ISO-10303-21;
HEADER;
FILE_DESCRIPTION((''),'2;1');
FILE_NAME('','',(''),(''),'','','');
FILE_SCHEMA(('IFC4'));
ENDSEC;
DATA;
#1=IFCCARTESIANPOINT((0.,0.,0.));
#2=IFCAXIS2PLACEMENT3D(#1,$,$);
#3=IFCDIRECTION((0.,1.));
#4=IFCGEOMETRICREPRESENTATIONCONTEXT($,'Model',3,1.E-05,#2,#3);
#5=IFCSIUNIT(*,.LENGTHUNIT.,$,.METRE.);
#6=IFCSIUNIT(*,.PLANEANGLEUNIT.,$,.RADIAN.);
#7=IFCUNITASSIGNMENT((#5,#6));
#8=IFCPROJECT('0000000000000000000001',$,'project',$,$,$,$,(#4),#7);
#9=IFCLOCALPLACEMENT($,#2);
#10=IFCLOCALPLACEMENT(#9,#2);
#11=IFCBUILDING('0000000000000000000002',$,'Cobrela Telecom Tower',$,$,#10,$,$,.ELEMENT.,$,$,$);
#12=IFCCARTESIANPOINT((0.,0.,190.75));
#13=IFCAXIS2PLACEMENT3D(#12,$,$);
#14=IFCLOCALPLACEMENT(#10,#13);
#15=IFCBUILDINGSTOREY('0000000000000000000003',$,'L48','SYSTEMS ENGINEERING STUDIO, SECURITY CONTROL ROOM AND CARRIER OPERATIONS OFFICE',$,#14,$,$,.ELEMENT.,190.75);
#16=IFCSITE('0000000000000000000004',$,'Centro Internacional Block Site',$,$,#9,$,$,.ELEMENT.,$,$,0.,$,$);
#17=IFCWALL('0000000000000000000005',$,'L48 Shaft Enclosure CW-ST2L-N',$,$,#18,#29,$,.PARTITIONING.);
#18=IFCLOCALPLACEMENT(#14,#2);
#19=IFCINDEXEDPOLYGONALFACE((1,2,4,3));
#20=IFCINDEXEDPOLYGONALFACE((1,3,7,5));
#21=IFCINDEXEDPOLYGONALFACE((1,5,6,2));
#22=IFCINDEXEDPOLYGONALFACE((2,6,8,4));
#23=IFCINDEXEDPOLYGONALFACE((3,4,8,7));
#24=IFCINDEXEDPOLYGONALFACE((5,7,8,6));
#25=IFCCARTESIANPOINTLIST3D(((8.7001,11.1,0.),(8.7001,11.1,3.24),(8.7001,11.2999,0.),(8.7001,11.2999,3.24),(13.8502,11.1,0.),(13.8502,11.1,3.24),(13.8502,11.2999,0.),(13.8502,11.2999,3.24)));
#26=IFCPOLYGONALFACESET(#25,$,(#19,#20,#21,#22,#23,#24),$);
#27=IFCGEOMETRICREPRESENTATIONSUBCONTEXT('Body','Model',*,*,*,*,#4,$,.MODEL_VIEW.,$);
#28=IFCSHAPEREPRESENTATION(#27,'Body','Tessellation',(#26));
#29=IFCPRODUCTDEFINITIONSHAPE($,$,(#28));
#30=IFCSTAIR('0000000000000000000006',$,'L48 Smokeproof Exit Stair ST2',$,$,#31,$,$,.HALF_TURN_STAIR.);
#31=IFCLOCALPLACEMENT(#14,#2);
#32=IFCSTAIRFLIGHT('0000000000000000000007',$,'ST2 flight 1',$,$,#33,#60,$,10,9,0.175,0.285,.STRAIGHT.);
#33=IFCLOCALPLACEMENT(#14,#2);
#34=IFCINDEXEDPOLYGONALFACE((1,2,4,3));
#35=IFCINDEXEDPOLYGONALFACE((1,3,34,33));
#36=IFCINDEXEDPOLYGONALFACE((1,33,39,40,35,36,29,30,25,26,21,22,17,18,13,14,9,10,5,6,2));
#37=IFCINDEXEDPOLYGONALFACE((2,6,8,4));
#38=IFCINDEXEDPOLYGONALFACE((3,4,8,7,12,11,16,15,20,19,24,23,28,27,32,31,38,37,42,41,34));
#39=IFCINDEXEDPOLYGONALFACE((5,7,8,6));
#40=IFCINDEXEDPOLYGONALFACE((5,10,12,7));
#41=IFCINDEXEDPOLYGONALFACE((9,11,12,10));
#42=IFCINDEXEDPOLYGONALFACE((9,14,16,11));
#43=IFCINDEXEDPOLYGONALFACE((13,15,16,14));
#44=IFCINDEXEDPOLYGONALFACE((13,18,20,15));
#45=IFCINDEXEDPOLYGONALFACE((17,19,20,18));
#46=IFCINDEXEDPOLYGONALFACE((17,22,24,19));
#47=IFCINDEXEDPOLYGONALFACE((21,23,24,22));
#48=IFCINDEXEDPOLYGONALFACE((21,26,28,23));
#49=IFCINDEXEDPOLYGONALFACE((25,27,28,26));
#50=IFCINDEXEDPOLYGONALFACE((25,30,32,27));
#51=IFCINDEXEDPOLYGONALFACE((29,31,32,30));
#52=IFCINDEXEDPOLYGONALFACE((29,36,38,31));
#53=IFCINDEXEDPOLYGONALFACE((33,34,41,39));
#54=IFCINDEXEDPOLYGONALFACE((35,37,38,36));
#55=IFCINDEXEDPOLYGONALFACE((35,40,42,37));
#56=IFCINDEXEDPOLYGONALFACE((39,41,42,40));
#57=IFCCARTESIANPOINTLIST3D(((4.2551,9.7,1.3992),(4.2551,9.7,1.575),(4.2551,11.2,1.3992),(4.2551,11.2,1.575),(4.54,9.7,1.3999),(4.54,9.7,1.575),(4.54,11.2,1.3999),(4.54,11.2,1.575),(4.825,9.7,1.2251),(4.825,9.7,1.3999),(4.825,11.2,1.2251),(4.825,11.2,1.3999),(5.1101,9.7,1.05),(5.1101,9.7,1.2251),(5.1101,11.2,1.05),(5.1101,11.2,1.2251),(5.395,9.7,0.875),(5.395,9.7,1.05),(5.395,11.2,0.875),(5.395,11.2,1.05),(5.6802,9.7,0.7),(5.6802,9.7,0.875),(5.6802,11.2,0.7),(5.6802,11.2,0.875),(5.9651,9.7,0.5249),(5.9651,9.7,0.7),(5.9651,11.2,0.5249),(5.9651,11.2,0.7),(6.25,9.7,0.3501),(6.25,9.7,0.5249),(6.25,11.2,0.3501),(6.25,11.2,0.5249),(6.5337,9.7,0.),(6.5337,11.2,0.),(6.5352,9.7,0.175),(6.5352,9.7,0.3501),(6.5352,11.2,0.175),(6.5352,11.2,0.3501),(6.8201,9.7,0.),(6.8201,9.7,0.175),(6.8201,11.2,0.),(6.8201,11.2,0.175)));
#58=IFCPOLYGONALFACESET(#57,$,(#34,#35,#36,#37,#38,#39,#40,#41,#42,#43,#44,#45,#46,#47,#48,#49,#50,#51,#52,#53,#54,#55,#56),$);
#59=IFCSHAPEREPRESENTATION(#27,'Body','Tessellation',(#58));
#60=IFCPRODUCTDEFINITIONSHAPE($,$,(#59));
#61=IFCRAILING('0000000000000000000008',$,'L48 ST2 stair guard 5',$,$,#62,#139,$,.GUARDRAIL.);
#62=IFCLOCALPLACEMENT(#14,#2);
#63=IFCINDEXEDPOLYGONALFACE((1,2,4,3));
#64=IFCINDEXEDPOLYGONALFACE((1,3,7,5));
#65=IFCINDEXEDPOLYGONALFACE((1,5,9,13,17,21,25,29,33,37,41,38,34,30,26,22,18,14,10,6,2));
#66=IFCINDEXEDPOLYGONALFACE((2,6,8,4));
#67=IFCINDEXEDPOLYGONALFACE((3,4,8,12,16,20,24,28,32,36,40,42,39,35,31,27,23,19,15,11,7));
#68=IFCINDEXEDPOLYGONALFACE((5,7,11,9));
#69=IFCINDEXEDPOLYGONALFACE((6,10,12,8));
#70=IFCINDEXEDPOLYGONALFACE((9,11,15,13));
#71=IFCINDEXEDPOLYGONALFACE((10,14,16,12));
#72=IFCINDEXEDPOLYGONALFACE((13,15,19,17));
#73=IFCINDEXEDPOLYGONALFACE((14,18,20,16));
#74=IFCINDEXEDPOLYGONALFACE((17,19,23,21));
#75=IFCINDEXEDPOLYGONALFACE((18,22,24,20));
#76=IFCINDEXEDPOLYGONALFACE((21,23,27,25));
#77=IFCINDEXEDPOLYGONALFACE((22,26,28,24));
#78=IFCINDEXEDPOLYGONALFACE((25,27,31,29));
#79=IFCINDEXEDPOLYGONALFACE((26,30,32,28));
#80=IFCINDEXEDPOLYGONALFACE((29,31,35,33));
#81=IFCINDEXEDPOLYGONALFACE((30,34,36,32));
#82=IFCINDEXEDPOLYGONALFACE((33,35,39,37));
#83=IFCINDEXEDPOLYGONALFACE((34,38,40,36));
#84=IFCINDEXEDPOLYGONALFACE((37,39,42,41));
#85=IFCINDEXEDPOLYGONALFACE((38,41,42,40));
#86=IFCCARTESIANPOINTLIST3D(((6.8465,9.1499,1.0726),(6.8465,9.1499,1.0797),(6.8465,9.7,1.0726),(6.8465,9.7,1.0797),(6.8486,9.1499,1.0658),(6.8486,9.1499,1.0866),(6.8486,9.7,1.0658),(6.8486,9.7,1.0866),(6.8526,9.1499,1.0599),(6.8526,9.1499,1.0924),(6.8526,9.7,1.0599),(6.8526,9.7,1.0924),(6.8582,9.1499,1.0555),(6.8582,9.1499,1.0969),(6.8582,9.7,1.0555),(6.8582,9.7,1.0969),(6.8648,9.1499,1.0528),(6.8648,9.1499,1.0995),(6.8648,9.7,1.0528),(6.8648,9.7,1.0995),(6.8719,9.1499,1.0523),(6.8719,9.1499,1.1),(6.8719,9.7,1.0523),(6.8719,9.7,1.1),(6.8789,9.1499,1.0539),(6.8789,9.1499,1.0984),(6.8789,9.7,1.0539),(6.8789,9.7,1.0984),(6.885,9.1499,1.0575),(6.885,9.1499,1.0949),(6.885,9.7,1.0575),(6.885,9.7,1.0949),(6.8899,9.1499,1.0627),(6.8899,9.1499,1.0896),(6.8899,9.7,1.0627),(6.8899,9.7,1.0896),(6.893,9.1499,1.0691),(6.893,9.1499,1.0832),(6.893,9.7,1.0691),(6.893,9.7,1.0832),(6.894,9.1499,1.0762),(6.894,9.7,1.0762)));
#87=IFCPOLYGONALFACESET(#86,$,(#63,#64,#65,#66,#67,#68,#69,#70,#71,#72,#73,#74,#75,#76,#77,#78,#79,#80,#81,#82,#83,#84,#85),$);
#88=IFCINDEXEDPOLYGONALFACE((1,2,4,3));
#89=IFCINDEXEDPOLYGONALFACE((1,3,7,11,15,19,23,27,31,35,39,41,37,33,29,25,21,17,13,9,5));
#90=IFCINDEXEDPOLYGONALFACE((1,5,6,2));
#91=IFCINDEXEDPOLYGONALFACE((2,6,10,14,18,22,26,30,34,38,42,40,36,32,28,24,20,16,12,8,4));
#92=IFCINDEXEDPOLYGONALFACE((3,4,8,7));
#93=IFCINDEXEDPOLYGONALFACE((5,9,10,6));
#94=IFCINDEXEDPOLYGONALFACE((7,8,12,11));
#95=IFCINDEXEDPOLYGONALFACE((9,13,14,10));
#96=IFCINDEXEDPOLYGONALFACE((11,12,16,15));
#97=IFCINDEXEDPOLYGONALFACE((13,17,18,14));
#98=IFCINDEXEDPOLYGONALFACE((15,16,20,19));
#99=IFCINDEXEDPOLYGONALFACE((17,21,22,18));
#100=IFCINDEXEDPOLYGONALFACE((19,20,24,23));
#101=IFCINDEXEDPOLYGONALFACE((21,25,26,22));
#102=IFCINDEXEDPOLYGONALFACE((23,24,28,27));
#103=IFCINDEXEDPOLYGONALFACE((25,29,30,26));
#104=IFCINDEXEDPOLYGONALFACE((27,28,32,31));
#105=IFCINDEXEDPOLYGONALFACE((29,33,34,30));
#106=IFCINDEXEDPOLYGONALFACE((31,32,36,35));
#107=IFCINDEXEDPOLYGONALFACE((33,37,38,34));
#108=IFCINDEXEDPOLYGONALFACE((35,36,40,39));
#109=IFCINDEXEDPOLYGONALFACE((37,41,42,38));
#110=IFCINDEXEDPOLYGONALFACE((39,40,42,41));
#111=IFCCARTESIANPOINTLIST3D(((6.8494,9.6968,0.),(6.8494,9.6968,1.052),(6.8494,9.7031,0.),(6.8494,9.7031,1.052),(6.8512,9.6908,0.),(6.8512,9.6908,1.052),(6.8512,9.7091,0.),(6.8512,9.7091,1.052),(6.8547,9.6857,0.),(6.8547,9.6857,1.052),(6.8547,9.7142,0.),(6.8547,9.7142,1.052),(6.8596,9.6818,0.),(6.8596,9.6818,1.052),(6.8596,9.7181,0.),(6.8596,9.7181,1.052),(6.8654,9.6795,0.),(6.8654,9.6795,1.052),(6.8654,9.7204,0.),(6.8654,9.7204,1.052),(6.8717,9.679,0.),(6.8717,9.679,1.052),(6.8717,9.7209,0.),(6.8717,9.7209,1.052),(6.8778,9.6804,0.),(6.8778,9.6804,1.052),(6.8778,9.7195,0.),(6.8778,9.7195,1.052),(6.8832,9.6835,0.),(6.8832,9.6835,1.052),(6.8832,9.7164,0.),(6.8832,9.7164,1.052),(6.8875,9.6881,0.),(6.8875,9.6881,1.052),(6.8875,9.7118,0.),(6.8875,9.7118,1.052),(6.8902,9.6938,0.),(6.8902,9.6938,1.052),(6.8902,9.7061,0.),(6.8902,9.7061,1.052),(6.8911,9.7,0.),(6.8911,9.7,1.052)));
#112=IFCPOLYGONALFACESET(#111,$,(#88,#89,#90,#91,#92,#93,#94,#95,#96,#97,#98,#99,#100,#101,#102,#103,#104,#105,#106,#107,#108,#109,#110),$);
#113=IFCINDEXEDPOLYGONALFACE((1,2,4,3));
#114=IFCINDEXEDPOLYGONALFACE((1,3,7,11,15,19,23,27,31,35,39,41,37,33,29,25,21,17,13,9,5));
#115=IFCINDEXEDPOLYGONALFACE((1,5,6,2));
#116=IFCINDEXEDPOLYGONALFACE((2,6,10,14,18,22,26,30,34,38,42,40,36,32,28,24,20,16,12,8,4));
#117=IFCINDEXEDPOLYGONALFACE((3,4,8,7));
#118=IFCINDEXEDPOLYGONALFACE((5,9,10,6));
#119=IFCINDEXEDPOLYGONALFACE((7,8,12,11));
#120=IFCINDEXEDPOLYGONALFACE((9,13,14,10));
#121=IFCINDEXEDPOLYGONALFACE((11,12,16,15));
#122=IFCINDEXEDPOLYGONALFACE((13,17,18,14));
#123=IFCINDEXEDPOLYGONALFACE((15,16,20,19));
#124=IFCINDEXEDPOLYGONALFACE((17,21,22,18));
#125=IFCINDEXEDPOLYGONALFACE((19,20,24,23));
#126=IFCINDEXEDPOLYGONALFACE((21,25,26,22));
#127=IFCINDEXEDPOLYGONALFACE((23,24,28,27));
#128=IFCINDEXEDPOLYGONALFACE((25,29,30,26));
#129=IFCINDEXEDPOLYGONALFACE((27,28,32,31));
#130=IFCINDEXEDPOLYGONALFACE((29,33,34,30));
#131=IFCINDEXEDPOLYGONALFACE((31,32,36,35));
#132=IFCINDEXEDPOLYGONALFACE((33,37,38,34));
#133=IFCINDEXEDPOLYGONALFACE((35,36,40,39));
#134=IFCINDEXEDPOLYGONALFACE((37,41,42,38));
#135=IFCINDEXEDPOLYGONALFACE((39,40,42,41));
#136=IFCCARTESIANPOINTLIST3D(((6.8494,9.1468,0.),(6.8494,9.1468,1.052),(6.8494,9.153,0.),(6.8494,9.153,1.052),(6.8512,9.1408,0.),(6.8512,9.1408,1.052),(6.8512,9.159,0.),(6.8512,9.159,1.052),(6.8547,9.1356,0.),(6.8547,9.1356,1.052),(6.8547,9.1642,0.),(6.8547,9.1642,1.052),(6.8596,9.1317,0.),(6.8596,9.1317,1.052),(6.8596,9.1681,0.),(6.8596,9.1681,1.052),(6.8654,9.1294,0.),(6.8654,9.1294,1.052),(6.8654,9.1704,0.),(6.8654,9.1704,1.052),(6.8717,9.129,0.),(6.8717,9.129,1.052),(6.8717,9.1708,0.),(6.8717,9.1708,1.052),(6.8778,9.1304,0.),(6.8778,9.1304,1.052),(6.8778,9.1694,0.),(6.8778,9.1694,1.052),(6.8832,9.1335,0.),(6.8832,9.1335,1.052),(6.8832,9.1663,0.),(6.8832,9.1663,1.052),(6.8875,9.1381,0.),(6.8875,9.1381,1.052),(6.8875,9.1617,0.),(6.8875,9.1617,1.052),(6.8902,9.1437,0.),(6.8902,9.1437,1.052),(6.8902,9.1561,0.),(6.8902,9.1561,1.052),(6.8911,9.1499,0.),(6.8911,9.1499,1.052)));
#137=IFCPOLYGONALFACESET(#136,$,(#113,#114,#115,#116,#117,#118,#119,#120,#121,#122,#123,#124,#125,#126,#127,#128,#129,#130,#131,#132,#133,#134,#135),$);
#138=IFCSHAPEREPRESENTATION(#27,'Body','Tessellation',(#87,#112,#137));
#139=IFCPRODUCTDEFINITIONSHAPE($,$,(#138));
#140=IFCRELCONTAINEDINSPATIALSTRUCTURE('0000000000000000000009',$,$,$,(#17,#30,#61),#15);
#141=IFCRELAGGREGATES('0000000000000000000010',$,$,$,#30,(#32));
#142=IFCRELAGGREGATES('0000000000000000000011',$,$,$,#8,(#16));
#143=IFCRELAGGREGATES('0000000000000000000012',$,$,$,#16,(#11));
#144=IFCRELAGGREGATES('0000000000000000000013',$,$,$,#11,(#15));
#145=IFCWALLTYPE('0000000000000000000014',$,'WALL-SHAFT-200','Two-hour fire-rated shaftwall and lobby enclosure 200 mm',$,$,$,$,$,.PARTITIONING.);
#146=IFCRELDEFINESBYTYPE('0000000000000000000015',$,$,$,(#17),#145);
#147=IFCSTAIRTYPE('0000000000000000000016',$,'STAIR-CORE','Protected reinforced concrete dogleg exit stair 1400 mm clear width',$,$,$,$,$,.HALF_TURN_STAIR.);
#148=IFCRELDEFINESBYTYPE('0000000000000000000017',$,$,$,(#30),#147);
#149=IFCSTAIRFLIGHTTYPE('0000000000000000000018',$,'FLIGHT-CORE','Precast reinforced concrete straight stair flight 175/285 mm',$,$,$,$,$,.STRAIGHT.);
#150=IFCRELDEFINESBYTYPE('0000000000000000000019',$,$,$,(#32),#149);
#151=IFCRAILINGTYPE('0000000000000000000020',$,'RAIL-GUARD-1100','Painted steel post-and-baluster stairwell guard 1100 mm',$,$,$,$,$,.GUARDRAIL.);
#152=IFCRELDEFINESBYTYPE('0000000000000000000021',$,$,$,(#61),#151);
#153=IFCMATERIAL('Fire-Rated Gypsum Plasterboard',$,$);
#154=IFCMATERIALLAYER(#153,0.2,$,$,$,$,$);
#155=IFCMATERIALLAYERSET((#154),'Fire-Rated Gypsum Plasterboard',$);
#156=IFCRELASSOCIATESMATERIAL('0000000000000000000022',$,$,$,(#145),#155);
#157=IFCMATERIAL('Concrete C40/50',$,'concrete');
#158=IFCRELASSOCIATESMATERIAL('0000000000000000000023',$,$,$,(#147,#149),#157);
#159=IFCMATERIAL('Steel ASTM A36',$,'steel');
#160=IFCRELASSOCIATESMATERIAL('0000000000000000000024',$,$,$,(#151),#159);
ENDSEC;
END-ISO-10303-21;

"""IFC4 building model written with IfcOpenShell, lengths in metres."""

from ifc_helpers import new_model, si_unit, direction, frame, frame_2d, origin, origin_2d, place, context, subcontext, project, spatial, polyline, rectangle, circle, outline, extrude, material, layer, layer_set, type_object, element, aggregate, save


model = new_model("IFC4")

# Units and contexts
model_context = context("Model", 3, precision=1e-05, world=origin(), true_north=direction((0.0, 1.0)))
body_context = subcontext(model_context, "Body", "Model", "MODEL_VIEW")
ifc_project = project(units=[si_unit("LENGTHUNIT", "METRE"), si_unit("PLANEANGLEUNIT", "RADIAN")], contexts=[model_context])

# Site, building, storey
site_placement = place(None, origin())
site = spatial("IfcSite", under=ifc_project, at=site_placement, Name="Centro Internacional Block Site", CompositionType="ELEMENT", RefElevation=0.0)
building_placement = place(site_placement, origin())
building = spatial("IfcBuilding", under=site, at=building_placement, Name="Cobrela Telecom Tower", CompositionType="ELEMENT")
storey_placement = place(building_placement, frame((0.0, 0.0, 190.75)))
storey = spatial("IfcBuildingStorey", under=building, at=storey_placement, Name="L48", Description="SYSTEMS ENGINEERING STUDIO, SECURITY CONTROL ROOM AND CARRIER OPERATIONS OFFICE", CompositionType="ELEMENT", Elevation=190.75)

# Shared definitions
ifc_material_1 = material(Name="Fire-Rated Gypsum Plasterboard")

# Wall
ifc_layer_1 = layer(ifc_material_1, 0.2)
ifc_layer_set_1 = layer_set([ifc_layer_1], Name="Fire-Rated Gypsum Plasterboard")
wall_type_1 = type_object("IfcWallType", Name="WALL-SHAFT-200", Description="Two-hour fire-rated shaftwall and lobby enclosure 200 mm", PredefinedType="PARTITIONING", material=ifc_layer_set_1)
wall_1_placement = place(storey_placement, frame((8.7, 11.2, 0.0), z_axis=(0.0, 0.0, 1.0), x_axis=(1.0, 0.0, 0.0)))
element("IfcWall", 1, at=wall_1_placement, inside=storey, type_object=wall_type_1, Name="L48 Shaft Enclosure CW-ST2L-N", PredefinedType="PARTITIONING", context=body_context, shape_type="SweptSolid", body=[
    extrude(rectangle(XDim=5.1501, YDim=0.2, at=frame_2d((2.5752, 0.0))), origin(), (0.0, 0.0, 1.0), 3.24),
])

# Stair, stair flight
ifc_material_2 = material(Name="Concrete C40/50", Category="concrete")
stair_type = type_object("IfcStairType", Name="STAIR-CORE", Description="Protected reinforced concrete dogleg exit stair 1400 mm clear width", PredefinedType="HALF_TURN_STAIR", material=ifc_material_2)
stair_placement = place(storey_placement, origin())
stair = element("IfcStair", 2, at=stair_placement, inside=storey, type_object=stair_type, Name="L48 Smokeproof Exit Stair ST2", PredefinedType="HALF_TURN_STAIR")
stair_flight_type = type_object("IfcStairFlightType", Name="FLIGHT-CORE", Description="Precast reinforced concrete straight stair flight 175/285 mm", PredefinedType="STRAIGHT", material=ifc_material_2)
stair_flight_placement = place(storey_placement, frame((6.8201, 10.45, 0.0), z_axis=(0.0, 0.0, 1.0), x_axis=(-1.0, 0.0, 0.0)))
stair_flight = element("IfcStairFlight", 3, at=stair_flight_placement, type_object=stair_flight_type, Name="ST2 flight 1", NumberOfRisers=10, NumberOfTreads=9, PredefinedType="STRAIGHT", RiserHeight=0.175, TreadLength=0.285, context=body_context, shape_type="SweptSolid", body=[
    extrude(outline(polyline([(0.0, 0.0), (0.0, 0.175), (0.2849, 0.175), (0.2849, 0.3501), (0.5701, 0.3501), (0.5701, 0.5249), (0.855, 0.5249), (0.855, 0.7), (1.1399, 0.7), (1.1399, 0.875), (1.425, 0.875), (1.425, 1.05), (1.71, 1.05), (1.71, 1.2251), (1.9951, 1.2251), (1.9951, 1.3999), (2.28, 1.3999), (2.28, 1.575), (2.5649, 1.575), (2.5649, 1.75), (2.5649, 1.3992), (0.2864, 0.0), (0.0, 0.0)])), frame((0.0, 0.75, 0.0), z_axis=(0.0, -1.0, 0.0), x_axis=(1.0, 0.0, 0.0)), (0.0, 0.0, 1.0), 1.5),
])
aggregate(stair, [stair_flight])

# Railing
ifc_material_3 = material(Name="Steel ASTM A36", Category="steel")
railing_type_1 = type_object("IfcRailingType", Name="RAIL-GUARD-1100", Description="Painted steel post-and-baluster stairwell guard 1100 mm", PredefinedType="GUARDRAIL", material=ifc_material_3)
railing_1_placement = place(storey_placement, frame((6.8701, 9.7, 0.0)))
element("IfcRailing", 4, at=railing_1_placement, inside=storey, type_object=railing_type_1, Name="L48 ST2 stair guard 5", PredefinedType="GUARDRAIL", context=body_context, shape_type="SweptSolid", body=[
    extrude(circle(Radius=0.0239, at=origin_2d()), frame((0.0, 0.0, 1.0762), z_axis=(0.0, -1.0, 0.0), x_axis=(1.0, 0.0, 0.0)), (0.0, 0.0, 1.0), 0.55),
    extrude(circle(Radius=0.021, at=origin_2d()), origin(), (0.0, 0.0, 1.0), 1.052),
    extrude(circle(Radius=0.021, at=origin_2d()), frame((0.0, -0.55, 0.0)), (0.0, 0.0, 1.0), 1.052),
])

save(model, "model.ifc")
